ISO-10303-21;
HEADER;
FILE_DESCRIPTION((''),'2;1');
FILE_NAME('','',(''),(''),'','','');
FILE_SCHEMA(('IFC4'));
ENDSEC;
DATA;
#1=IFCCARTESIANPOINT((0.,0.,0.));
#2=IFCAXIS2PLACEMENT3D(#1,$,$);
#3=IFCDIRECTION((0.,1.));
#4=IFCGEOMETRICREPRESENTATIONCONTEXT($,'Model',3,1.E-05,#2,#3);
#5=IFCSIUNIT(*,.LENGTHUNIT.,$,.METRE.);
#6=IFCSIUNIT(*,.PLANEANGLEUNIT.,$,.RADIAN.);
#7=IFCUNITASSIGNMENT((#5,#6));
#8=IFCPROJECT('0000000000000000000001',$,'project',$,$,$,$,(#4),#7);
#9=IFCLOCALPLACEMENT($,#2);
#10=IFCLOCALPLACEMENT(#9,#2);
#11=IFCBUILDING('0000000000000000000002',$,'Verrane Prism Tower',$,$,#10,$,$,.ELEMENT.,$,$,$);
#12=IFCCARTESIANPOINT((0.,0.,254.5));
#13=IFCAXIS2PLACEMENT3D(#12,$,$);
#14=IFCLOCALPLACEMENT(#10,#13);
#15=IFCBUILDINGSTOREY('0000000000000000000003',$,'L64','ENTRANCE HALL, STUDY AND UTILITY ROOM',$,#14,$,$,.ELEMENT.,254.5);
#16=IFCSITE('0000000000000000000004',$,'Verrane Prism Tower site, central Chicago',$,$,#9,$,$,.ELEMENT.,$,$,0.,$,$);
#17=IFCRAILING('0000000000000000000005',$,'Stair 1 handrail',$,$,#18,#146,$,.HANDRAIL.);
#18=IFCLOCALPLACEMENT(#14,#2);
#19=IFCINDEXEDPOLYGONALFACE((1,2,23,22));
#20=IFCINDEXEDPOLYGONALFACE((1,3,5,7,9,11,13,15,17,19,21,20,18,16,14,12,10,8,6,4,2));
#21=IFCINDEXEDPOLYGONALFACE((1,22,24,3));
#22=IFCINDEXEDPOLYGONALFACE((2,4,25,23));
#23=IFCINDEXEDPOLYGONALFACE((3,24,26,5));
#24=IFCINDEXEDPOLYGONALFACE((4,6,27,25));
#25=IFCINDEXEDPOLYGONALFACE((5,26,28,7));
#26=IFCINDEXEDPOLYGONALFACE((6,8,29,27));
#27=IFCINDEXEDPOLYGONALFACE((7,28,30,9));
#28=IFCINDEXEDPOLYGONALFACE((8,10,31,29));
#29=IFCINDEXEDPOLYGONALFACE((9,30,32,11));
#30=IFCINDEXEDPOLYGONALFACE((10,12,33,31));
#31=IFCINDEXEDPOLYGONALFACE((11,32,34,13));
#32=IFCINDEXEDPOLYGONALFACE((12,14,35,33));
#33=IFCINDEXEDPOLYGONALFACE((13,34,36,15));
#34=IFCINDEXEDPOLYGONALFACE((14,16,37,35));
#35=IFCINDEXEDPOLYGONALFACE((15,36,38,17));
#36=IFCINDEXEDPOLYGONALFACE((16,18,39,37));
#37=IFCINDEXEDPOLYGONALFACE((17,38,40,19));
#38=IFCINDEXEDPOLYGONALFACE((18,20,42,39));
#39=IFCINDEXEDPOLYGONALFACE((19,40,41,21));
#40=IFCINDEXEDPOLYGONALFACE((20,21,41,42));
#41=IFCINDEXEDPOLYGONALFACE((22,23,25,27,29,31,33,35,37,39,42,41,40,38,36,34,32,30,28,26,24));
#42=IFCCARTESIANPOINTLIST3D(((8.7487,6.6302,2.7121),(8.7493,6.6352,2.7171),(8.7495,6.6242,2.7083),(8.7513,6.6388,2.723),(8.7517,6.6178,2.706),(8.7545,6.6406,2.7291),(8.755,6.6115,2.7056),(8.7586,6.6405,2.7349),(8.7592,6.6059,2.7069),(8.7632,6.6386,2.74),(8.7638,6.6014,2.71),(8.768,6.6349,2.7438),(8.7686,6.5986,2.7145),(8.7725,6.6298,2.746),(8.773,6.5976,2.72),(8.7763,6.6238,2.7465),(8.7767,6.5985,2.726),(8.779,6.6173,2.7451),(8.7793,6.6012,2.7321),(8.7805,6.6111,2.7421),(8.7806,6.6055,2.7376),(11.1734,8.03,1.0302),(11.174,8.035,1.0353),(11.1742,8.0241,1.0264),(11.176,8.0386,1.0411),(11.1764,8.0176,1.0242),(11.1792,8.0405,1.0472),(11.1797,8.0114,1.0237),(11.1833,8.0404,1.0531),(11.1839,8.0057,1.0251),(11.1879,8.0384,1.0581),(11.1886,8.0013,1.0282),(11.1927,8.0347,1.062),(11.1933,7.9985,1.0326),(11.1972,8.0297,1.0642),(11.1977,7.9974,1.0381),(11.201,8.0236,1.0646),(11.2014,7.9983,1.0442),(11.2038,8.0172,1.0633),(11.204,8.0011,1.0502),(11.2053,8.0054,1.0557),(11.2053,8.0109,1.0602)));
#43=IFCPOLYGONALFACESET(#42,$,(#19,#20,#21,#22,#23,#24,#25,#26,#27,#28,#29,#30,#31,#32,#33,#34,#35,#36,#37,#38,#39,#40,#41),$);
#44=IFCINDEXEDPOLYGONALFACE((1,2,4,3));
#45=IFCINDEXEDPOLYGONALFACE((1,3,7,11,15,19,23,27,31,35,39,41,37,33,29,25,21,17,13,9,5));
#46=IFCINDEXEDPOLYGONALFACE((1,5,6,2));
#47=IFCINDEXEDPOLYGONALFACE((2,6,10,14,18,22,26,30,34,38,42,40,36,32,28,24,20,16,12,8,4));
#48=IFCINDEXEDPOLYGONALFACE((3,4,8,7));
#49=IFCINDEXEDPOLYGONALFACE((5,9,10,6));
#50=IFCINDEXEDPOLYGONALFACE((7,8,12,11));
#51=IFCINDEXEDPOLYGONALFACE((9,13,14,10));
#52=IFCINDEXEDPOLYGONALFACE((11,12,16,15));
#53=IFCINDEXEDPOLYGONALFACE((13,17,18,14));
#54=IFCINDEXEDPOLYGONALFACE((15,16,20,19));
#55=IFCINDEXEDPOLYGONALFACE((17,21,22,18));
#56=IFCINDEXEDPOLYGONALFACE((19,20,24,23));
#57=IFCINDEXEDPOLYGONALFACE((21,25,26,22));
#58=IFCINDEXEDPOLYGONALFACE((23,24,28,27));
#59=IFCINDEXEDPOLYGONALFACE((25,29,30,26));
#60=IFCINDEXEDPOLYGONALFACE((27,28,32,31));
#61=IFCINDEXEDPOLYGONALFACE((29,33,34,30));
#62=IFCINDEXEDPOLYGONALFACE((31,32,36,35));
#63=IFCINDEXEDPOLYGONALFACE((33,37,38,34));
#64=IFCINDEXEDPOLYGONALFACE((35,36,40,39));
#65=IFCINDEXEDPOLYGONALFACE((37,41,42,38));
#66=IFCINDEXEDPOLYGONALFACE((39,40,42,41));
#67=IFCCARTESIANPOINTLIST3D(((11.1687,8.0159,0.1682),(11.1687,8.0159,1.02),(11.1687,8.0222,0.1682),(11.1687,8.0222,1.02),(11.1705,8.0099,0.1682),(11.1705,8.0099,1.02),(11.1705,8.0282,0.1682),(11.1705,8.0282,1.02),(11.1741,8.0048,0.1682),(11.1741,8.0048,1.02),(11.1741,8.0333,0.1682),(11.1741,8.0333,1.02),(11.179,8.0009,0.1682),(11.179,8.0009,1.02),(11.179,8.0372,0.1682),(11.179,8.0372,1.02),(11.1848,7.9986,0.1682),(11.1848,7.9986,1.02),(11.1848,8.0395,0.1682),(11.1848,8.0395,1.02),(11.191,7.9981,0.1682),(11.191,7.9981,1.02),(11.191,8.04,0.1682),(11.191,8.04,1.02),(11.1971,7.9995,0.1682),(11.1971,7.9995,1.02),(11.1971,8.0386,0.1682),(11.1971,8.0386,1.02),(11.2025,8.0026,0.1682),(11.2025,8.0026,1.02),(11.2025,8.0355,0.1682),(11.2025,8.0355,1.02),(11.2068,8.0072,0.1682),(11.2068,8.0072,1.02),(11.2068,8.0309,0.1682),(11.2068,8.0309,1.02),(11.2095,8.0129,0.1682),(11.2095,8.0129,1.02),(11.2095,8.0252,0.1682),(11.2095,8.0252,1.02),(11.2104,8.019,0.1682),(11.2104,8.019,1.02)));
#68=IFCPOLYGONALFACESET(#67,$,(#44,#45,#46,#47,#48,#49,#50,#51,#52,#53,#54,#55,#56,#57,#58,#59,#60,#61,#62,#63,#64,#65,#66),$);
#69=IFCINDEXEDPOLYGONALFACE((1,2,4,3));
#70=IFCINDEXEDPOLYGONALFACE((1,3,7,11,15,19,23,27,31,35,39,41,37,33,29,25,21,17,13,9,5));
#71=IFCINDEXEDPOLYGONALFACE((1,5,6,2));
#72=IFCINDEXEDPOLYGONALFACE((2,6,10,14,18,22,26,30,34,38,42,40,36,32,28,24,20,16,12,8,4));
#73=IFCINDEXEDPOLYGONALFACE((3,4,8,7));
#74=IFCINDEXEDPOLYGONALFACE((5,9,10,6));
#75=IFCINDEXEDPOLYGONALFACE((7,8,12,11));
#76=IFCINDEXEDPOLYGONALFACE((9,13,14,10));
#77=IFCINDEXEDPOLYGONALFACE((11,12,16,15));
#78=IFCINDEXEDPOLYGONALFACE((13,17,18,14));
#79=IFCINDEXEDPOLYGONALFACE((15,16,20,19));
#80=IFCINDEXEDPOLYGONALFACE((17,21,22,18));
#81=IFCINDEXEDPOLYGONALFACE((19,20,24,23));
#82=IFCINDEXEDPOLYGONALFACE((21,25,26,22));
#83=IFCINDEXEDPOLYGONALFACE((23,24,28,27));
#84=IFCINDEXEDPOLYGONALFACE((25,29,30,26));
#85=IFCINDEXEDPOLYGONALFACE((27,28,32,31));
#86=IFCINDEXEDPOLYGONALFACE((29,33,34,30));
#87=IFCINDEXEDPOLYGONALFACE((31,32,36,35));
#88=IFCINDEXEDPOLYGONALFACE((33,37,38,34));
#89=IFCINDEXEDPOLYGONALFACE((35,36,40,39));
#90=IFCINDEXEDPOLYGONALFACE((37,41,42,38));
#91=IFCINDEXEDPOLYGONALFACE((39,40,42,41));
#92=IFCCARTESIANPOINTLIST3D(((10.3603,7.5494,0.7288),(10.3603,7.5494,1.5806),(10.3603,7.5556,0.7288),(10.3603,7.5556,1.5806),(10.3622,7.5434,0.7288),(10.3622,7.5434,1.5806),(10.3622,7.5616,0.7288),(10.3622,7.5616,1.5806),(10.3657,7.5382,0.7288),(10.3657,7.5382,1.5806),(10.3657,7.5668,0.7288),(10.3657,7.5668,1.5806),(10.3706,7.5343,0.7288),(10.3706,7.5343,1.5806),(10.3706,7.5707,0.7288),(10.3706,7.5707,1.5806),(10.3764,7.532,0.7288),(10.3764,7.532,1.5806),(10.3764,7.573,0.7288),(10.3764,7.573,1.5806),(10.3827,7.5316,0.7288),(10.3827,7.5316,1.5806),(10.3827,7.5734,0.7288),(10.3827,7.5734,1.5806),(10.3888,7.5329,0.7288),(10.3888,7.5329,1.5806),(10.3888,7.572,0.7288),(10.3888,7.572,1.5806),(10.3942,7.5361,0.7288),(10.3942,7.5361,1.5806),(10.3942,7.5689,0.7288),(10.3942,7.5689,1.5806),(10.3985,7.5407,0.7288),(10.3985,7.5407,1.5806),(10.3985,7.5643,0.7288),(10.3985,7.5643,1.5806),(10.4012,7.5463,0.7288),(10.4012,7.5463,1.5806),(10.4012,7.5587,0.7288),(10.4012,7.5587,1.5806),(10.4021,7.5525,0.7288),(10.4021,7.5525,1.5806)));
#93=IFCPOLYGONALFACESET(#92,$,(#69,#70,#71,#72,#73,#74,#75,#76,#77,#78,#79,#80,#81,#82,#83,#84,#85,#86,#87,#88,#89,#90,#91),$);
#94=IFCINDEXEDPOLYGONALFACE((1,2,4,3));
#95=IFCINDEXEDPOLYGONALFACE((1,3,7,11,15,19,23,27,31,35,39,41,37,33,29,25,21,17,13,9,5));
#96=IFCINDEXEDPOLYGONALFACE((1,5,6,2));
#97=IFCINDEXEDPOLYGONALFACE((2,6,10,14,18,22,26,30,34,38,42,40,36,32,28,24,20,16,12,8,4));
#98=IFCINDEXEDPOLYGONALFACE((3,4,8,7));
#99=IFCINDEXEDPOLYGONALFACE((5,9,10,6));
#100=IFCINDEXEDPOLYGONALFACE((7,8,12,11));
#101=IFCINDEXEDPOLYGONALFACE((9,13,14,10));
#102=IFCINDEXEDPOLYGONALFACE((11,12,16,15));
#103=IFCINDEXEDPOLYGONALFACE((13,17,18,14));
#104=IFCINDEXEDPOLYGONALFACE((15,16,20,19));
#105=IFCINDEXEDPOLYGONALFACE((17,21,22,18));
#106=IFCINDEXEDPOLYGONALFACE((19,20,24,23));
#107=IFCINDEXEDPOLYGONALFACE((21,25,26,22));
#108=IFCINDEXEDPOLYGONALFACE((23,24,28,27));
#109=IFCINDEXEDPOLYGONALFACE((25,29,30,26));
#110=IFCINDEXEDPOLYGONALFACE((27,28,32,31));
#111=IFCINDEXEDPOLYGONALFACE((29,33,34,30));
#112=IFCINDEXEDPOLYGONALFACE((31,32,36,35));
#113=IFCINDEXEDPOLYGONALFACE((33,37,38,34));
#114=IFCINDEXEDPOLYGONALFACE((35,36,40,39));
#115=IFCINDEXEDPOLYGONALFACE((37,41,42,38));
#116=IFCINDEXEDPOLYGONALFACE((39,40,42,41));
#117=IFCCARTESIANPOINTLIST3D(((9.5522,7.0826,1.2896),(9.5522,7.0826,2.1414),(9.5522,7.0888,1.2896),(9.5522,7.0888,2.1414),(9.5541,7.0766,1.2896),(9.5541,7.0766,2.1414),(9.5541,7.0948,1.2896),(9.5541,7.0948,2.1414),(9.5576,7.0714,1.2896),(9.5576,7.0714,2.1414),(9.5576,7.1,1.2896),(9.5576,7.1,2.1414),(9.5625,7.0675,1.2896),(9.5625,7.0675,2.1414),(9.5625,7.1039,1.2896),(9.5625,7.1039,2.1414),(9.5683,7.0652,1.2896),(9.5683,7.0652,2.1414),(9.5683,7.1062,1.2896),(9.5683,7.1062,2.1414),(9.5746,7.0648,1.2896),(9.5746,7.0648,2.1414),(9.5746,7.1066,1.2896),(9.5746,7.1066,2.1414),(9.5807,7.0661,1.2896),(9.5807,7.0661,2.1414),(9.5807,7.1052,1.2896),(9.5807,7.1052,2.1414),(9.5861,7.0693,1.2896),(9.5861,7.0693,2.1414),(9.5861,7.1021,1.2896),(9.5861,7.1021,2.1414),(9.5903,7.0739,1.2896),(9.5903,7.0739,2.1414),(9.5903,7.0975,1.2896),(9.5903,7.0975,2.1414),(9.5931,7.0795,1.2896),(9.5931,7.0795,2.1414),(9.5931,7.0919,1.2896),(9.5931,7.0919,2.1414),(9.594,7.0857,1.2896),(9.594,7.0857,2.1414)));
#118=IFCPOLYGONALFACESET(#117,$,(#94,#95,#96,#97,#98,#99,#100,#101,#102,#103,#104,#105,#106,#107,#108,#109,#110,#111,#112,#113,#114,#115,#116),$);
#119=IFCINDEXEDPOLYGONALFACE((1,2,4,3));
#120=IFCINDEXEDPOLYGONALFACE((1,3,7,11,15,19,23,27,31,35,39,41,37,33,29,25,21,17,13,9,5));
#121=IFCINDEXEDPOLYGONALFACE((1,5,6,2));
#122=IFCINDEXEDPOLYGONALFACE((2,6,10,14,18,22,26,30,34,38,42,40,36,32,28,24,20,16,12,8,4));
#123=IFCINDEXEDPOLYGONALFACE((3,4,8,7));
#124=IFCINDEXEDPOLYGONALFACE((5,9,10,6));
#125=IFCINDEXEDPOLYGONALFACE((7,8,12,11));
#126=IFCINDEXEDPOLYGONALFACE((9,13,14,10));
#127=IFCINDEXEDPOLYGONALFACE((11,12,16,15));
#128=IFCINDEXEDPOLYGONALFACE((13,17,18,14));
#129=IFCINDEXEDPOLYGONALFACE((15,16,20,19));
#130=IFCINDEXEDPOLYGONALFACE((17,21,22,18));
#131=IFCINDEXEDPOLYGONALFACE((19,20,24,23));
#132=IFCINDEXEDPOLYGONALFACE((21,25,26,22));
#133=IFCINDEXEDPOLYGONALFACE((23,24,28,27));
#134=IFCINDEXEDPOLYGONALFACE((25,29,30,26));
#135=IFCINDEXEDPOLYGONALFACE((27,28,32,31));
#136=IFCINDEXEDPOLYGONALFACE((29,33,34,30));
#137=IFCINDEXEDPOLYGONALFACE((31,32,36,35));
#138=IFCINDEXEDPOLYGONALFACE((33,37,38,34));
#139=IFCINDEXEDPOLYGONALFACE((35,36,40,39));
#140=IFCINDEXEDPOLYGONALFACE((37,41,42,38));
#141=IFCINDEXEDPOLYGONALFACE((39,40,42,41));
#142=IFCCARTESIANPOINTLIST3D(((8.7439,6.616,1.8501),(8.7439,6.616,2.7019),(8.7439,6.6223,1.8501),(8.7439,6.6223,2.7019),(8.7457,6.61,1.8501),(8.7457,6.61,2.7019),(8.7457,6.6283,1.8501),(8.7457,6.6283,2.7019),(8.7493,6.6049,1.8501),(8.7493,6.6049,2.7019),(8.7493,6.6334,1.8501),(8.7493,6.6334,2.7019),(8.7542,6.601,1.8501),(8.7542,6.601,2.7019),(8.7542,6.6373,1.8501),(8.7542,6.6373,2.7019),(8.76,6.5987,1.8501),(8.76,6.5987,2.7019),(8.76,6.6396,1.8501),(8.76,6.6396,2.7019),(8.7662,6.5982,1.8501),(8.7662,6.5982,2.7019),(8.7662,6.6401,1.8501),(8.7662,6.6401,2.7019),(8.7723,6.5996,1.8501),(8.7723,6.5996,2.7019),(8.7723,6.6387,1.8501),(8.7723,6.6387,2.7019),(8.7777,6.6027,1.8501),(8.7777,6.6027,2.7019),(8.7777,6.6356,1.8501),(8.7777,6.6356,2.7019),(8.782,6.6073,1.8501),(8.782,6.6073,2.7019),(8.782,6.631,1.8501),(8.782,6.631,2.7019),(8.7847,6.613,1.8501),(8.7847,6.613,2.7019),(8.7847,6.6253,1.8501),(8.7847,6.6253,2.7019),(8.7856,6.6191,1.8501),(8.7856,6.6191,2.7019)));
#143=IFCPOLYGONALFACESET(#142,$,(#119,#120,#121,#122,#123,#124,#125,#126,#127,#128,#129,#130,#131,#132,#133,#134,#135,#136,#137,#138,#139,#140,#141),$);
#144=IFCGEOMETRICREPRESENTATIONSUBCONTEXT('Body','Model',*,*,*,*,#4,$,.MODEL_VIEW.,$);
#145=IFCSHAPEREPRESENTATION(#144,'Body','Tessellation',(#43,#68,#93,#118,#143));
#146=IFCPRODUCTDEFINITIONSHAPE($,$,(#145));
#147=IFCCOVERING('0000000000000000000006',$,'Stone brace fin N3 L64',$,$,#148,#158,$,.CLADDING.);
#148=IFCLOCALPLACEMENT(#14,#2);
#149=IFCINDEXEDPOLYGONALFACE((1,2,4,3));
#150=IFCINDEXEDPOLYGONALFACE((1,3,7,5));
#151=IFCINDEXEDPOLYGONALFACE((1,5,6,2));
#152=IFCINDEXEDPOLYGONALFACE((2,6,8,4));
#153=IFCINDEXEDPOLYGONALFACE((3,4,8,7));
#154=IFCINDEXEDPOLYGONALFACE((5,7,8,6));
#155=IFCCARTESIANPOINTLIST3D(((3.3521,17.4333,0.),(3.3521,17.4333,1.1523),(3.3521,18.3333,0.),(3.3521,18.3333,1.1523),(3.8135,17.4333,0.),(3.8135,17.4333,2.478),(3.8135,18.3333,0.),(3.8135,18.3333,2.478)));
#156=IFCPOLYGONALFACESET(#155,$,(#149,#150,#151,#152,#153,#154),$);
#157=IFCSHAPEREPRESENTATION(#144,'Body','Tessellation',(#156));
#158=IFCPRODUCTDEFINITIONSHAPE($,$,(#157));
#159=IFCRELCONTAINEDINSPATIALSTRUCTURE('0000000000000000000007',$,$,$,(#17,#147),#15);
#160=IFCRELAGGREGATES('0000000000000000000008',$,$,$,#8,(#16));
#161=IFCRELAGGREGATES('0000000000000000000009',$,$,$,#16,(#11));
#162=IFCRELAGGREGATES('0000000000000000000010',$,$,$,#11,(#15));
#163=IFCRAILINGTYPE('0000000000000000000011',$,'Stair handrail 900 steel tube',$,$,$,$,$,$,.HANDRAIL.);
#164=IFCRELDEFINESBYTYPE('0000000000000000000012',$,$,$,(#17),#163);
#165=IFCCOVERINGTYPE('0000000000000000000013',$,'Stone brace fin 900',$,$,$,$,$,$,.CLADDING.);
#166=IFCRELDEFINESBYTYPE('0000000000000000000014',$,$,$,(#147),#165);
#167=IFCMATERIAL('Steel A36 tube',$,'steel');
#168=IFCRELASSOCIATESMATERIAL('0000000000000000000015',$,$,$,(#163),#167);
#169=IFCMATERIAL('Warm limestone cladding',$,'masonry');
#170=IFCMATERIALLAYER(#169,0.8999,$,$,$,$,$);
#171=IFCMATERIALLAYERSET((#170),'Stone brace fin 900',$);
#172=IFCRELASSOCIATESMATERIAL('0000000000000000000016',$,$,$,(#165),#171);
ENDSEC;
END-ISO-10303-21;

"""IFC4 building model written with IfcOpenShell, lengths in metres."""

from ifc_helpers import new_model, si_unit, direction, frame, origin, origin_2d, place, context, subcontext, project, spatial, polyline, circle, outline, extrude, material, layer, layer_set, type_object, element, save


model = new_model("IFC4")

# Units and contexts
model_context = context("Model", 3, precision=1e-05, world=origin(), true_north=direction((0.0, 1.0)))
body_context = subcontext(model_context, "Body", "Model", "MODEL_VIEW")
ifc_project = project(units=[si_unit("LENGTHUNIT", "METRE"), si_unit("PLANEANGLEUNIT", "RADIAN")], contexts=[model_context])

# Site, building, storey
site_placement = place(None, origin())
site = spatial("IfcSite", under=ifc_project, at=site_placement, Name="Verrane Prism Tower site, central Chicago", CompositionType="ELEMENT", RefElevation=0.0)
building_placement = place(site_placement, origin())
building = spatial("IfcBuilding", under=site, at=building_placement, Name="Verrane Prism Tower", CompositionType="ELEMENT")
storey_placement = place(building_placement, frame((0.0, 0.0, 254.5)))
storey = spatial("IfcBuildingStorey", under=building, at=storey_placement, Name="L64", Description="ENTRANCE HALL, STUDY AND UTILITY ROOM", CompositionType="ELEMENT", Elevation=254.5)

# Railing
ifc_material_1 = material(Name="Steel A36 tube", Category="steel")
railing_type_1 = type_object("IfcRailingType", Name="Stair handrail 900 steel tube", PredefinedType="HANDRAIL", material=ifc_material_1)
railing_1_placement = place(storey_placement, frame((11.1895, 8.019, 0.1682)))
element("IfcRailing", 1, at=railing_1_placement, inside=storey, type_object=railing_type_1, Name="Stair 1 handrail", PredefinedType="HANDRAIL", context=body_context, shape_type="SweptSolid", body=[
    extrude(circle(Radius=0.0239, at=origin_2d()), frame((0.0, 0.0, 0.876), z_axis=(-0.74239, -0.428601, 0.514934), x_axis=(0.499984, -0.866035, 0.0)), (0.0, 0.0, 1.0), 3.2661),
    extrude(circle(Radius=0.021, at=origin_2d()), origin(), (0.0, 0.0, 1.0), 0.8518),
    extrude(circle(Radius=0.021, at=origin_2d()), frame((-0.8083, -0.4666, 0.5605)), (0.0, 0.0, 1.0), 0.8518),
    extrude(circle(Radius=0.021, at=origin_2d()), frame((-1.6165, -0.9333, 1.1213)), (0.0, 0.0, 1.0), 0.8518),
    extrude(circle(Radius=0.021, at=origin_2d()), frame((-2.4248, -1.3999, 1.6819)), (0.0, 0.0, 1.0), 0.8518),
])

# Covering
ifc_material_2 = material(Name="Warm limestone cladding", Category="masonry")
ifc_layer_1 = layer(ifc_material_2, 0.8999)
ifc_layer_set_1 = layer_set([ifc_layer_1], Name="Stone brace fin 900")
covering_type = type_object("IfcCoveringType", Name="Stone brace fin 900", PredefinedType="CLADDING", material=ifc_layer_set_1)
covering_placement = place(storey_placement, frame((3.3521, 17.8833, 0.0), z_axis=(0.0, 0.0, 1.0), x_axis=(1.0, 0.0, 0.0)))
element("IfcCovering", 2, at=covering_placement, inside=storey, type_object=covering_type, Name="Stone brace fin N3 L64", PredefinedType="CLADDING", context=body_context, shape_type="SweptSolid", body=[
    extrude(outline(polyline([(0.0, 0.0), (0.4614, 0.0), (0.4614, 2.478), (0.0, 1.1523), (0.0, 0.0)])), frame((0.0, 0.45, 0.0), z_axis=(0.0, -1.0, 0.0), x_axis=(1.0, 0.0, 0.0)), (0.0, 0.0, 1.0), 0.8999),
])

save(model, "model.ifc")
